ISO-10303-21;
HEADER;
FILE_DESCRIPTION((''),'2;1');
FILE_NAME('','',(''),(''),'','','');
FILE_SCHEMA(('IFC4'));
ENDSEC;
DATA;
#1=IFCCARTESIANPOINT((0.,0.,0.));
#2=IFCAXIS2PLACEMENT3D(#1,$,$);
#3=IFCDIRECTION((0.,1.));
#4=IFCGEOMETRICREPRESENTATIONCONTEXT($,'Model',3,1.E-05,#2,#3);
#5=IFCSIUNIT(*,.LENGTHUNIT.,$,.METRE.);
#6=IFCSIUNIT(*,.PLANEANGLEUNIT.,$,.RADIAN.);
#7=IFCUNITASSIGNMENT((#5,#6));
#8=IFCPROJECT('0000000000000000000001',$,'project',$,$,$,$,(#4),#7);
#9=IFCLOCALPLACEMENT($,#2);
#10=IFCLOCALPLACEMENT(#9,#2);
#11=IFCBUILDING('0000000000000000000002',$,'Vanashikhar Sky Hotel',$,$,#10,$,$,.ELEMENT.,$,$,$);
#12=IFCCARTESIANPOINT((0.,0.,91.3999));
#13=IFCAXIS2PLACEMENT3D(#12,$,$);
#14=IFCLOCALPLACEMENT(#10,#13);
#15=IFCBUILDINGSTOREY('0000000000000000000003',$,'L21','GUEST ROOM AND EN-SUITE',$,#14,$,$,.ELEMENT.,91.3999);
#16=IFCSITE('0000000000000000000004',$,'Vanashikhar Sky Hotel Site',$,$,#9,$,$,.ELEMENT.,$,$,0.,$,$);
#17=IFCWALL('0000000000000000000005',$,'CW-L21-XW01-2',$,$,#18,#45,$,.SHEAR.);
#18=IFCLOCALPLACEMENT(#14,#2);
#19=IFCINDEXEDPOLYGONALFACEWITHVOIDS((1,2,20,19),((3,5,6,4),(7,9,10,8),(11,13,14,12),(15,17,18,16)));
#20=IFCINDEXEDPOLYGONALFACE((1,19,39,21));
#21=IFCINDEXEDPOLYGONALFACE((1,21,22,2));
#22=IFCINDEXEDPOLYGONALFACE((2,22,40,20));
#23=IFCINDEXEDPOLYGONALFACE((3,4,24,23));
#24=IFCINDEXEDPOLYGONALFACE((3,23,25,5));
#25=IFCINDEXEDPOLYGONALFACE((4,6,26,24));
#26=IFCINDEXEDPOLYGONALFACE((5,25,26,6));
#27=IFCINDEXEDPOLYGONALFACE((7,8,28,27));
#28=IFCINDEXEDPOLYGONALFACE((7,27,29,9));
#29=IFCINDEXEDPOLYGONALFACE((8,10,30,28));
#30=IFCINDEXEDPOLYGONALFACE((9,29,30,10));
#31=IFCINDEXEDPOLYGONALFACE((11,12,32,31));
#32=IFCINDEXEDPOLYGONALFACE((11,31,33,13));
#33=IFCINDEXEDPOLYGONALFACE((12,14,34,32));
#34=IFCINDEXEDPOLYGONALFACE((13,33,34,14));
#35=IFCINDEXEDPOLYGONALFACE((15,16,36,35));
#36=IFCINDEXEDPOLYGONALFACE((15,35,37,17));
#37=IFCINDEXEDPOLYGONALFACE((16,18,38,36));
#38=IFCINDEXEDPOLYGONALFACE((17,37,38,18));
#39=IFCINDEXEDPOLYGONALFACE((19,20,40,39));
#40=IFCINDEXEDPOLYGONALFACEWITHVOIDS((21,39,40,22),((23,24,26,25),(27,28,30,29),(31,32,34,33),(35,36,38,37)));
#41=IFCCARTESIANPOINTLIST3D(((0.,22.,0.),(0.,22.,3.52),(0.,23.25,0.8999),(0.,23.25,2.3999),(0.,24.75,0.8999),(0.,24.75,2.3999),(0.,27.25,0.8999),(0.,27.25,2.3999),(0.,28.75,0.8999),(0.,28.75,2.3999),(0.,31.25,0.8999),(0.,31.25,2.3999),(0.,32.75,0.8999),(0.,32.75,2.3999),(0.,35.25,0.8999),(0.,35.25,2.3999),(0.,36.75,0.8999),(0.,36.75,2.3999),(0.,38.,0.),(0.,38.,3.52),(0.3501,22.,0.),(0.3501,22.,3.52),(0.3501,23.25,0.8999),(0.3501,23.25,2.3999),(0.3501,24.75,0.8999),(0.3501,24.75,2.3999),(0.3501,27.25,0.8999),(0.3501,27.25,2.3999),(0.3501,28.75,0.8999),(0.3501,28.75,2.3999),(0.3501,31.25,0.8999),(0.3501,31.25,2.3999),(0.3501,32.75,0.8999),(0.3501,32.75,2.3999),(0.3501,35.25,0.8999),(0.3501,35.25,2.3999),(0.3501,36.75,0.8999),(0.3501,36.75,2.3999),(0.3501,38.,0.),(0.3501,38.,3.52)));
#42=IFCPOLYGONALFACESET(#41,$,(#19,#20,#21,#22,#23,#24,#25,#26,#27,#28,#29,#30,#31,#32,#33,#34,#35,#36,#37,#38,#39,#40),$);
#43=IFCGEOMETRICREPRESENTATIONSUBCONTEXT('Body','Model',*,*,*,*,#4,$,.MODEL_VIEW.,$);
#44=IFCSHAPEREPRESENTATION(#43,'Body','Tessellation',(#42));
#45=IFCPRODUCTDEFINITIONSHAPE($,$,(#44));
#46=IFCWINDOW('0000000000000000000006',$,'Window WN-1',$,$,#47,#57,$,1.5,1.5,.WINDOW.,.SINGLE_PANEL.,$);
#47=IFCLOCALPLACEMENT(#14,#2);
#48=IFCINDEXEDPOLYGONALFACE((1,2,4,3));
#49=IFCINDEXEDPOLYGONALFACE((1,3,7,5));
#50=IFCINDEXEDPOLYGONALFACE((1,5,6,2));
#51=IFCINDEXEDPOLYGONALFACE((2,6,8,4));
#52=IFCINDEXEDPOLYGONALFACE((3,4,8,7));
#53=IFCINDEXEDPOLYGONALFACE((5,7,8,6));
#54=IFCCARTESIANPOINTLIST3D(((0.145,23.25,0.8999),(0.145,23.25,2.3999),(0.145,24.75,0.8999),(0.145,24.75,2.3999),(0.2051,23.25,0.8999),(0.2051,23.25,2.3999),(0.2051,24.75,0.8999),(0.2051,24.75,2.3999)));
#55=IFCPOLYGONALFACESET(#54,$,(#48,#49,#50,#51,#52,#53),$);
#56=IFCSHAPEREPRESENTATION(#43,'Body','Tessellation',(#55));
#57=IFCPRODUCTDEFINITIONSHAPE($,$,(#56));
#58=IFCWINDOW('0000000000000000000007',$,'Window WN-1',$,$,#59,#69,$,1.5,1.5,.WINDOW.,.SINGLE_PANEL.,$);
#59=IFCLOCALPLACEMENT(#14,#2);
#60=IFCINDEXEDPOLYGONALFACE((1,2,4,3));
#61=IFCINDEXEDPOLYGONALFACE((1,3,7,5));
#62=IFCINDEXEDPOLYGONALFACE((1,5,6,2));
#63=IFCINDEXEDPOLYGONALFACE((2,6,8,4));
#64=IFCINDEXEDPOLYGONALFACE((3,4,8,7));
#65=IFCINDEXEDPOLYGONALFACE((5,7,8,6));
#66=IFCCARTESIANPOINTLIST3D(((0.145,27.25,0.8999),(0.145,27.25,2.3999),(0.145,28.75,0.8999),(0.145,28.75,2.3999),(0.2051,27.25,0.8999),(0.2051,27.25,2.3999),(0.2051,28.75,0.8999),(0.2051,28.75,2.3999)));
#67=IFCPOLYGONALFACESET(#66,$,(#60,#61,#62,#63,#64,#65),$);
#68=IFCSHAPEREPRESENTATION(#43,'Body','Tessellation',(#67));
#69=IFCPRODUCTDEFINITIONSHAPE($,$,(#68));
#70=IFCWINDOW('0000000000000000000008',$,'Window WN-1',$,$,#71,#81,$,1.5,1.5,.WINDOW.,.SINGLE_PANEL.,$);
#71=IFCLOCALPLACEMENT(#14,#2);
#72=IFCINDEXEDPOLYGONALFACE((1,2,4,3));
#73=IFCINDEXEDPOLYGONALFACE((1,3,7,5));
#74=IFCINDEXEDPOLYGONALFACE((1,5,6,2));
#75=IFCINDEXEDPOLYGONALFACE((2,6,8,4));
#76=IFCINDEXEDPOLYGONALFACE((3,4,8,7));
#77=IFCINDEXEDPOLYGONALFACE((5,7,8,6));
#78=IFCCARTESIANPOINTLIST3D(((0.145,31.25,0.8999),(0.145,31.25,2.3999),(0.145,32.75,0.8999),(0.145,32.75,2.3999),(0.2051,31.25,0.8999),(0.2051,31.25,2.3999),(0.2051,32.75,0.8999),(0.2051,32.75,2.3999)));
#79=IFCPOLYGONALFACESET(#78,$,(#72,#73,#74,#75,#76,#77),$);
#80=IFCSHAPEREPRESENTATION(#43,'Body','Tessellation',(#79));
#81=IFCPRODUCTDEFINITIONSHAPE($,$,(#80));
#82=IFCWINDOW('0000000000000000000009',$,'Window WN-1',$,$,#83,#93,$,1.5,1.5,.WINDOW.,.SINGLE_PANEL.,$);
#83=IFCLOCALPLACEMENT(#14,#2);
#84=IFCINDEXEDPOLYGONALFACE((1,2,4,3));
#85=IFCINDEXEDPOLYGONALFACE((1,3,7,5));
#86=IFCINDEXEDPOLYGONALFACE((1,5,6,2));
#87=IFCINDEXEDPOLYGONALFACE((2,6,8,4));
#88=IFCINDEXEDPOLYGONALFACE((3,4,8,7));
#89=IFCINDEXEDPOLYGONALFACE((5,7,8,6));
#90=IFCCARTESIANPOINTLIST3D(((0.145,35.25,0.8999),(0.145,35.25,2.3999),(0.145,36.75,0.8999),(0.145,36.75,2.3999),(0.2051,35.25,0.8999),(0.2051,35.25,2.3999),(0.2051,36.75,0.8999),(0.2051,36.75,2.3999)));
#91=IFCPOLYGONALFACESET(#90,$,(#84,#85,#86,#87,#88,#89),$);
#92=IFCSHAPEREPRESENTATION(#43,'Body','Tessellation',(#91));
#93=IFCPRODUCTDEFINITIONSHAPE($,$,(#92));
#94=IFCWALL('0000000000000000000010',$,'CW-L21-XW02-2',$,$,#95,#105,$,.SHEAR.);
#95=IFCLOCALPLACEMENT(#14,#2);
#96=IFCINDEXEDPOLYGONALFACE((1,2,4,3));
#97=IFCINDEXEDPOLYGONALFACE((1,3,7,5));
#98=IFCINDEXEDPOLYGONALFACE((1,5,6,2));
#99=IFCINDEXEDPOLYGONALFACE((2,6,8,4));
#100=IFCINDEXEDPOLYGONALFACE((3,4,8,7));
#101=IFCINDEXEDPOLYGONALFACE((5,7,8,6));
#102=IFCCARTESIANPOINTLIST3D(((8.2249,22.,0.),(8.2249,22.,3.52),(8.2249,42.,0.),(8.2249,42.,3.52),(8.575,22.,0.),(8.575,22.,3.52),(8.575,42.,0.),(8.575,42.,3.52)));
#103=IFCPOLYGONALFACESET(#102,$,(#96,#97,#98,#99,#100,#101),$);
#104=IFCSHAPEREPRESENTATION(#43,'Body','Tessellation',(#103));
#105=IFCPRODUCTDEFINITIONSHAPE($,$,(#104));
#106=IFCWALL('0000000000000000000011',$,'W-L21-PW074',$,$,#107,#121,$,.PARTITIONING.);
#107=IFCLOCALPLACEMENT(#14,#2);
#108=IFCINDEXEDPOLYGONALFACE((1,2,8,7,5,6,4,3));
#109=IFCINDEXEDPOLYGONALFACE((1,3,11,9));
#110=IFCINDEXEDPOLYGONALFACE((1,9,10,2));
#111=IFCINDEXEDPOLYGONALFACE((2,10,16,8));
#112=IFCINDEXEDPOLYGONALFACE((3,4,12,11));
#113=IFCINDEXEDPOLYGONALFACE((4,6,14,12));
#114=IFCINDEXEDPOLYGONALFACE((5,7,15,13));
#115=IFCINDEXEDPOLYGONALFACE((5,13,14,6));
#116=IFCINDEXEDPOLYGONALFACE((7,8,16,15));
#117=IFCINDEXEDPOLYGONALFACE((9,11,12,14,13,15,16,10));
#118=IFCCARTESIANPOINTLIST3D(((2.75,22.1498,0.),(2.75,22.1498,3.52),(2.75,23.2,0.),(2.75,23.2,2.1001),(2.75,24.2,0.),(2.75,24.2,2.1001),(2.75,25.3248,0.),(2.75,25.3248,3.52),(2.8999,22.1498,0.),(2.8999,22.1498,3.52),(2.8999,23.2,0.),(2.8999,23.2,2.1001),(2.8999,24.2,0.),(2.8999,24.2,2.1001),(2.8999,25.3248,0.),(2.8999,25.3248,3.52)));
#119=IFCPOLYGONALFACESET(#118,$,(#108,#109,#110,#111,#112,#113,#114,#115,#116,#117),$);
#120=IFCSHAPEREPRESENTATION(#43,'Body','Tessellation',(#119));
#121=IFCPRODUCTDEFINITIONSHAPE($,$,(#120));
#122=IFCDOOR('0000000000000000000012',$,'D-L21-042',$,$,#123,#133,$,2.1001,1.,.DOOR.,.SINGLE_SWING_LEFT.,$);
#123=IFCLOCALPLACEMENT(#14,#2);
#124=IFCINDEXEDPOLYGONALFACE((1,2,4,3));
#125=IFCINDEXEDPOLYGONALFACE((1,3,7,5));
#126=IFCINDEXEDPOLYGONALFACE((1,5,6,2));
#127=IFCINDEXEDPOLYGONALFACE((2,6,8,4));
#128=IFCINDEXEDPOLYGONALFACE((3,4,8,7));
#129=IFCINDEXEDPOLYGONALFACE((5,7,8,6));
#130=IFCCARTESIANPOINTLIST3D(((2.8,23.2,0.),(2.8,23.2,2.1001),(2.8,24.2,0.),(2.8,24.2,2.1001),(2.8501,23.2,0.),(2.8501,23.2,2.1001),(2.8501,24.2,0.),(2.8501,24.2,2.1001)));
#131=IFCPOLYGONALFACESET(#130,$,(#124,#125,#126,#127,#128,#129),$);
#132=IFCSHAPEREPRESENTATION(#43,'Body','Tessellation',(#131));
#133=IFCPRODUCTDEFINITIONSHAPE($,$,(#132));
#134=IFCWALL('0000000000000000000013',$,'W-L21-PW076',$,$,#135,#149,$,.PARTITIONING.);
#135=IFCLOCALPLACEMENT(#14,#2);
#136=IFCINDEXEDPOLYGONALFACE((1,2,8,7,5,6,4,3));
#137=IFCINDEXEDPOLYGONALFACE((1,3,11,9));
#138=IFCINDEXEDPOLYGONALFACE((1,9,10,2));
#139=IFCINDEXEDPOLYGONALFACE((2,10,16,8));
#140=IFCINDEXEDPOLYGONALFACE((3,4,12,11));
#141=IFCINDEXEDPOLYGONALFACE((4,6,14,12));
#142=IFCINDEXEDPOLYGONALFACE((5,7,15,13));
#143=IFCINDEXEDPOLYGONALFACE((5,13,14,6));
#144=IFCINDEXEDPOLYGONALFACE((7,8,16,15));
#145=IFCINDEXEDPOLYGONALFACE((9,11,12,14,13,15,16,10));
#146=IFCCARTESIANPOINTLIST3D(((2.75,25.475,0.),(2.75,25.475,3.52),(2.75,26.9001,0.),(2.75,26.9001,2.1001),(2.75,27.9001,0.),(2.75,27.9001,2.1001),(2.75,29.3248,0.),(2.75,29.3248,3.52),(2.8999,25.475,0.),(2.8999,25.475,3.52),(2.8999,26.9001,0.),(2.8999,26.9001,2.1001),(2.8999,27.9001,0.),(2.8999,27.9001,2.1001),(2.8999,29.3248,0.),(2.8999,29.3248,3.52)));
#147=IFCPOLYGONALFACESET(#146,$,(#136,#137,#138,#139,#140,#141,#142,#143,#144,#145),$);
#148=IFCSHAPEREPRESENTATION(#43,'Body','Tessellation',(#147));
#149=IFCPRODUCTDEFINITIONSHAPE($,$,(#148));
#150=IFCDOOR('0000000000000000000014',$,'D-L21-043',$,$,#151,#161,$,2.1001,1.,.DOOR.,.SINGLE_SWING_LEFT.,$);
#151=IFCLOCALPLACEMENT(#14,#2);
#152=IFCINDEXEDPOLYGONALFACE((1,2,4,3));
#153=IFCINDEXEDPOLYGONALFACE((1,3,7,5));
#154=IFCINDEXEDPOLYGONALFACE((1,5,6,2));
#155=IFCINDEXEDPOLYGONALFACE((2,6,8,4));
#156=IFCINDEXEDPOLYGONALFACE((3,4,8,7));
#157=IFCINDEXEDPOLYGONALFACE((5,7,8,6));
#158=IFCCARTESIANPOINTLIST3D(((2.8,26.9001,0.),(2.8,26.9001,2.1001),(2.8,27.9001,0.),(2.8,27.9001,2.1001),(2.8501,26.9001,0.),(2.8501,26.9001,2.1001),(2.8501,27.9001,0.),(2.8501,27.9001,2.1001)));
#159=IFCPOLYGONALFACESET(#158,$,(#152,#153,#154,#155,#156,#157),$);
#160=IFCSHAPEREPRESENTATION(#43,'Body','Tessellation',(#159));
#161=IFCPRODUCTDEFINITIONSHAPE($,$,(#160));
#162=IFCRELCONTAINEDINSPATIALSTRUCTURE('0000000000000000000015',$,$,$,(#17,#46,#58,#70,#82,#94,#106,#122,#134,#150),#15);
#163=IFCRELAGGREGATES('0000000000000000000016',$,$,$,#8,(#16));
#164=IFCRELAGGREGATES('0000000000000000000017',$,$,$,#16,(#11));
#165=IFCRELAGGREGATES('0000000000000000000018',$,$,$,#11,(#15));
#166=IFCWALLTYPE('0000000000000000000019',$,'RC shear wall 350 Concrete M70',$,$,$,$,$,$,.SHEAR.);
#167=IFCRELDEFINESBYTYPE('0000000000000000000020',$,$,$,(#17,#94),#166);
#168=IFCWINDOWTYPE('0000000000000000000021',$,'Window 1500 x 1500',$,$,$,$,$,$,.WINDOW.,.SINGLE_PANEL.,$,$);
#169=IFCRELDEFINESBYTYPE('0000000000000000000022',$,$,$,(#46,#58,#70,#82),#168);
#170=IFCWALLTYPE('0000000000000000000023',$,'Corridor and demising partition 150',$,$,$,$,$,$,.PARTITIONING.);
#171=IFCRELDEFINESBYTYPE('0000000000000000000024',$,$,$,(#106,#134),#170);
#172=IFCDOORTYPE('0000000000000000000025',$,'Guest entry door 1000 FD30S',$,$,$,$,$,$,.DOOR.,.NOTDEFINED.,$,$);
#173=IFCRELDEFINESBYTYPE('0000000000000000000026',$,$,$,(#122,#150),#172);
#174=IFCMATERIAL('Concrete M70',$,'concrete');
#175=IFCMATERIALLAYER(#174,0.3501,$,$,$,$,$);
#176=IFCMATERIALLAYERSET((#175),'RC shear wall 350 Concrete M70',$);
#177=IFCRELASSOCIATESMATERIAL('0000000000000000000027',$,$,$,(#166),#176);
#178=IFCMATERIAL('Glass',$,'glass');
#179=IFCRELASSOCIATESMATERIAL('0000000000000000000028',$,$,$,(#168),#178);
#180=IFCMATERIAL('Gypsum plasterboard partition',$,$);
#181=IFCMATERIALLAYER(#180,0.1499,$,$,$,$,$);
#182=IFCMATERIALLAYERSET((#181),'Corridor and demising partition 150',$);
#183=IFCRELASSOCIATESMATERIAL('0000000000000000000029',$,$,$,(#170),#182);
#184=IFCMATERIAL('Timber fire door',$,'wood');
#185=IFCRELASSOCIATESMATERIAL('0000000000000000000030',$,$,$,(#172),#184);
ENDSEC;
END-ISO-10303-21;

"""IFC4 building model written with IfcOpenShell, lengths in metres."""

from ifc_helpers import new_model, si_unit, direction, frame, frame_2d, origin, place, context, subcontext, project, spatial, rectangle, extrude, source, transform, mapped, material, layer, layer_set, type_object, element, fill, save


model = new_model("IFC4")

# Units and contexts
model_context = context("Model", 3, precision=1e-05, world=origin(), true_north=direction((0.0, 1.0)))
body_context = subcontext(model_context, "Body", "Model", "MODEL_VIEW")
ifc_project = project(units=[si_unit("LENGTHUNIT", "METRE"), si_unit("PLANEANGLEUNIT", "RADIAN")], contexts=[model_context])

# Site, building, storey
site_placement = place(None, origin())
site = spatial("IfcSite", under=ifc_project, at=site_placement, Name="Vanashikhar Sky Hotel Site", CompositionType="ELEMENT", RefElevation=0.0)
building_placement = place(site_placement, origin())
building = spatial("IfcBuilding", under=site, at=building_placement, Name="Vanashikhar Sky Hotel", CompositionType="ELEMENT")
storey_placement = place(building_placement, frame((0.0, 0.0, 91.3999)))
storey = spatial("IfcBuildingStorey", under=building, at=storey_placement, Name="L21", Description="GUEST ROOM AND EN-SUITE", CompositionType="ELEMENT", Elevation=91.3999)

# Wall, openings, windows
ifc_material_1 = material(Name="Concrete M70", Category="concrete")
ifc_layer_1 = layer(ifc_material_1, 0.3501)
ifc_layer_set_1 = layer_set([ifc_layer_1], Name="RC shear wall 350 Concrete M70")
wall_type_1 = type_object("IfcWallType", Name="RC shear wall 350 Concrete M70", PredefinedType="SHEAR", material=ifc_layer_set_1)
shared_shape_1 = source(origin(), body_context, "Body", "SweptSolid", [
    extrude(rectangle(XDim=16.0, YDim=0.3501, at=frame_2d((8.0, 0.0))), origin(), (0.0, 0.0, 1.0), 3.52),
])
wall_1_placement = place(storey_placement, frame((0.175, 22.0, 0.0), z_axis=(0.0, 0.0, 1.0), x_axis=(0.0, 1.0, 0.0)))
wall_1 = element("IfcWall", 1, at=wall_1_placement, inside=storey, type_object=wall_type_1, Name="CW-L21-XW01-2", PredefinedType="SHEAR", context=body_context, shape_type="MappedRepresentation", body=[
    mapped(shared_shape_1, transform((0.0, 0.0, 0.0), scale=1.0)),
])
shared_shape_2 = source(origin(), body_context, "Body", "SweptSolid", [
    extrude(rectangle(XDim=1.5, YDim=1.5, at=frame_2d((0.75, 0.75))), frame((0.0, 0.1851, 0.0), z_axis=(0.0, -1.0, 0.0), x_axis=(1.0, 0.0, 0.0)), (0.0, 0.0, 1.0), 0.3701),
])
opening_1_placement = place(wall_1_placement, frame((1.25, 0.0, 0.8999)))
opening_1 = element("IfcOpeningElement", 2, at=opening_1_placement, cuts=wall_1, PredefinedType="OPENING", context=body_context, shape_type="MappedRepresentation", body=[
    mapped(shared_shape_2, transform((0.0, 0.0, 0.0), scale=1.0)),
])
opening_2_placement = place(wall_1_placement, frame((5.25, 0.0, 0.8999)))
opening_2 = element("IfcOpeningElement", 3, at=opening_2_placement, cuts=wall_1, PredefinedType="OPENING", context=body_context, shape_type="MappedRepresentation", body=[
    mapped(shared_shape_2, transform((0.0, 0.0, 0.0), scale=1.0)),
])
opening_3_placement = place(wall_1_placement, frame((9.25, 0.0, 0.8999)))
opening_3 = element("IfcOpeningElement", 4, at=opening_3_placement, cuts=wall_1, PredefinedType="OPENING", context=body_context, shape_type="MappedRepresentation", body=[
    mapped(shared_shape_2, transform((0.0, 0.0, 0.0), scale=1.0)),
])
opening_4_placement = place(wall_1_placement, frame((13.25, 0.0, 0.8999)))
opening_4 = element("IfcOpeningElement", 5, at=opening_4_placement, cuts=wall_1, PredefinedType="OPENING", context=body_context, shape_type="MappedRepresentation", body=[
    mapped(shared_shape_2, transform((0.0, 0.0, 0.0), scale=1.0)),
])
ifc_material_2 = material(Name="Glass", Category="glass")
window_type = type_object("IfcWindowType", Name="Window 1500 x 1500", PartitioningType="SINGLE_PANEL", PredefinedType="WINDOW", material=ifc_material_2)
shared_shape_3 = source(origin(), body_context, "Body", "SweptSolid", [
    extrude(rectangle(XDim=1.5, YDim=1.5, at=frame_2d((0.75, 0.75))), frame((0.0, 0.03, 0.0), z_axis=(0.0, -1.0, 0.0), x_axis=(1.0, 0.0, 0.0)), (0.0, 0.0, 1.0), 0.0601),
])
window_1_placement = place(opening_1_placement, origin())
window_1 = element("IfcWindow", 6, at=window_1_placement, inside=storey, type_object=window_type, Name="Window WN-1", OverallHeight=1.5, OverallWidth=1.5, PartitioningType="SINGLE_PANEL", PredefinedType="WINDOW", context=body_context, shape_type="MappedRepresentation", body=[
    mapped(shared_shape_3, transform((0.0, 0.0, 0.0), scale=1.0)),
])
fill(opening_1, window_1)
window_2_placement = place(opening_2_placement, origin())
window_2 = element("IfcWindow", 7, at=window_2_placement, inside=storey, type_object=window_type, Name="Window WN-1", OverallHeight=1.5, OverallWidth=1.5, PartitioningType="SINGLE_PANEL", PredefinedType="WINDOW", context=body_context, shape_type="MappedRepresentation", body=[
    mapped(shared_shape_3, transform((0.0, 0.0, 0.0), scale=1.0)),
])
fill(opening_2, window_2)
window_3_placement = place(opening_3_placement, origin())
window_3 = element("IfcWindow", 8, at=window_3_placement, inside=storey, type_object=window_type, Name="Window WN-1", OverallHeight=1.5, OverallWidth=1.5, PartitioningType="SINGLE_PANEL", PredefinedType="WINDOW", context=body_context, shape_type="MappedRepresentation", body=[
    mapped(shared_shape_3, transform((0.0, 0.0, 0.0), scale=1.0)),
])
fill(opening_3, window_3)
window_4_placement = place(opening_4_placement, origin())
window_4 = element("IfcWindow", 9, at=window_4_placement, inside=storey, type_object=window_type, Name="Window WN-1", OverallHeight=1.5, OverallWidth=1.5, PartitioningType="SINGLE_PANEL", PredefinedType="WINDOW", context=body_context, shape_type="MappedRepresentation", body=[
    mapped(shared_shape_3, transform((0.0, 0.0, 0.0), scale=1.0)),
])
fill(opening_4, window_4)

# Wall
shared_shape_4 = source(origin(), body_context, "Body", "SweptSolid", [
    extrude(rectangle(XDim=20.0, YDim=0.3501, at=frame_2d((10.0, 0.0))), origin(), (0.0, 0.0, 1.0), 3.52),
])
wall_2_placement = place(storey_placement, frame((8.3999, 22.0, 0.0), z_axis=(0.0, 0.0, 1.0), x_axis=(0.0, 1.0, 0.0)))
element("IfcWall", 10, at=wall_2_placement, inside=storey, type_object=wall_type_1, Name="CW-L21-XW02-2", PredefinedType="SHEAR", context=body_context, shape_type="MappedRepresentation", body=[
    mapped(shared_shape_4, transform((0.0, 0.0, 0.0), scale=1.0)),
])

# Walls, openings, doors
ifc_material_3 = material(Name="Gypsum plasterboard partition")
ifc_layer_2 = layer(ifc_material_3, 0.1499)
ifc_layer_set_2 = layer_set([ifc_layer_2], Name="Corridor and demising partition 150")
wall_type_2 = type_object("IfcWallType", Name="Corridor and demising partition 150", PredefinedType="PARTITIONING", material=ifc_layer_set_2)
shared_shape_5 = source(origin(), body_context, "Body", "SweptSolid", [
    extrude(rectangle(XDim=3.175, YDim=0.1499, at=frame_2d((1.5874, 0.0))), origin(), (0.0, 0.0, 1.0), 3.52),
])
wall_3_placement = place(storey_placement, frame((2.825, 22.1499, 0.0), z_axis=(0.0, 0.0, 1.0), x_axis=(0.0, 1.0, 0.0)))
wall_3 = element("IfcWall", 11, at=wall_3_placement, inside=storey, type_object=wall_type_2, Name="W-L21-PW074", PredefinedType="PARTITIONING", context=body_context, shape_type="MappedRepresentation", body=[
    mapped(shared_shape_5, transform((0.0, 0.0, 0.0), scale=1.0)),
])
shared_shape_6 = source(origin(), body_context, "Body", "SweptSolid", [
    extrude(rectangle(XDim=1.0, YDim=2.1001, at=frame_2d((0.5, 1.05))), frame((0.0, 0.085, 0.0), z_axis=(0.0, -1.0, 0.0), x_axis=(1.0, 0.0, 0.0)), (0.0, 0.0, 1.0), 0.1699),
])
opening_5_placement = place(wall_3_placement, frame((1.05, 0.0, 0.0)))
opening_5 = element("IfcOpeningElement", 12, at=opening_5_placement, cuts=wall_3, PredefinedType="OPENING", context=body_context, shape_type="MappedRepresentation", body=[
    mapped(shared_shape_6, transform((0.0, 0.0, 0.0), scale=1.0)),
])
ifc_material_4 = material(Name="Timber fire door", Category="wood")
door_type_1 = type_object("IfcDoorType", Name="Guest entry door 1000 FD30S", OperationType="NOTDEFINED", PredefinedType="DOOR", material=ifc_material_4)
shared_shape_7 = source(origin(), body_context, "Body", "SweptSolid", [
    extrude(rectangle(XDim=1.0, YDim=2.1001, at=frame_2d((0.5, 1.05))), frame((0.0, 0.0249, 0.0), z_axis=(0.0, -1.0, 0.0), x_axis=(1.0, 0.0, 0.0)), (0.0, 0.0, 1.0), 0.05),
])
door_1_placement = place(opening_5_placement, origin())
door_1 = element("IfcDoor", 13, at=door_1_placement, inside=storey, type_object=door_type_1, Name="D-L21-042", OperationType="SINGLE_SWING_LEFT", OverallHeight=2.1001, OverallWidth=1.0, PredefinedType="DOOR", context=body_context, shape_type="MappedRepresentation", body=[
    mapped(shared_shape_7, transform((0.0, 0.0, 0.0), scale=1.0)),
])
fill(opening_5, door_1)
shared_shape_8 = source(origin(), body_context, "Body", "SweptSolid", [
    extrude(rectangle(XDim=3.8499, YDim=0.1499, at=frame_2d((1.9248, 0.0))), origin(), (0.0, 0.0, 1.0), 3.52),
])
wall_4_placement = place(storey_placement, frame((2.825, 25.4751, 0.0), z_axis=(0.0, 0.0, 1.0), x_axis=(0.0, 1.0, 0.0)))
wall_4 = element("IfcWall", 14, at=wall_4_placement, inside=storey, type_object=wall_type_2, Name="W-L21-PW076", PredefinedType="PARTITIONING", context=body_context, shape_type="MappedRepresentation", body=[
    mapped(shared_shape_8, transform((0.0, 0.0, 0.0), scale=1.0)),
])
opening_6_placement = place(wall_4_placement, frame((1.425, 0.0, 0.0)))
opening_6 = element("IfcOpeningElement", 15, at=opening_6_placement, cuts=wall_4, PredefinedType="OPENING", context=body_context, shape_type="MappedRepresentation", body=[
    mapped(shared_shape_6, transform((0.0, 0.0, 0.0), scale=1.0)),
])
door_2_placement = place(opening_6_placement, origin())
door_2 = element("IfcDoor", 16, at=door_2_placement, inside=storey, type_object=door_type_1, Name="D-L21-043", OperationType="SINGLE_SWING_LEFT", OverallHeight=2.1001, OverallWidth=1.0, PredefinedType="DOOR", context=body_context, shape_type="MappedRepresentation", body=[
    mapped(shared_shape_7, transform((0.0, 0.0, 0.0), scale=1.0)),
])
fill(opening_6, door_2)

save(model, "model.ifc")
